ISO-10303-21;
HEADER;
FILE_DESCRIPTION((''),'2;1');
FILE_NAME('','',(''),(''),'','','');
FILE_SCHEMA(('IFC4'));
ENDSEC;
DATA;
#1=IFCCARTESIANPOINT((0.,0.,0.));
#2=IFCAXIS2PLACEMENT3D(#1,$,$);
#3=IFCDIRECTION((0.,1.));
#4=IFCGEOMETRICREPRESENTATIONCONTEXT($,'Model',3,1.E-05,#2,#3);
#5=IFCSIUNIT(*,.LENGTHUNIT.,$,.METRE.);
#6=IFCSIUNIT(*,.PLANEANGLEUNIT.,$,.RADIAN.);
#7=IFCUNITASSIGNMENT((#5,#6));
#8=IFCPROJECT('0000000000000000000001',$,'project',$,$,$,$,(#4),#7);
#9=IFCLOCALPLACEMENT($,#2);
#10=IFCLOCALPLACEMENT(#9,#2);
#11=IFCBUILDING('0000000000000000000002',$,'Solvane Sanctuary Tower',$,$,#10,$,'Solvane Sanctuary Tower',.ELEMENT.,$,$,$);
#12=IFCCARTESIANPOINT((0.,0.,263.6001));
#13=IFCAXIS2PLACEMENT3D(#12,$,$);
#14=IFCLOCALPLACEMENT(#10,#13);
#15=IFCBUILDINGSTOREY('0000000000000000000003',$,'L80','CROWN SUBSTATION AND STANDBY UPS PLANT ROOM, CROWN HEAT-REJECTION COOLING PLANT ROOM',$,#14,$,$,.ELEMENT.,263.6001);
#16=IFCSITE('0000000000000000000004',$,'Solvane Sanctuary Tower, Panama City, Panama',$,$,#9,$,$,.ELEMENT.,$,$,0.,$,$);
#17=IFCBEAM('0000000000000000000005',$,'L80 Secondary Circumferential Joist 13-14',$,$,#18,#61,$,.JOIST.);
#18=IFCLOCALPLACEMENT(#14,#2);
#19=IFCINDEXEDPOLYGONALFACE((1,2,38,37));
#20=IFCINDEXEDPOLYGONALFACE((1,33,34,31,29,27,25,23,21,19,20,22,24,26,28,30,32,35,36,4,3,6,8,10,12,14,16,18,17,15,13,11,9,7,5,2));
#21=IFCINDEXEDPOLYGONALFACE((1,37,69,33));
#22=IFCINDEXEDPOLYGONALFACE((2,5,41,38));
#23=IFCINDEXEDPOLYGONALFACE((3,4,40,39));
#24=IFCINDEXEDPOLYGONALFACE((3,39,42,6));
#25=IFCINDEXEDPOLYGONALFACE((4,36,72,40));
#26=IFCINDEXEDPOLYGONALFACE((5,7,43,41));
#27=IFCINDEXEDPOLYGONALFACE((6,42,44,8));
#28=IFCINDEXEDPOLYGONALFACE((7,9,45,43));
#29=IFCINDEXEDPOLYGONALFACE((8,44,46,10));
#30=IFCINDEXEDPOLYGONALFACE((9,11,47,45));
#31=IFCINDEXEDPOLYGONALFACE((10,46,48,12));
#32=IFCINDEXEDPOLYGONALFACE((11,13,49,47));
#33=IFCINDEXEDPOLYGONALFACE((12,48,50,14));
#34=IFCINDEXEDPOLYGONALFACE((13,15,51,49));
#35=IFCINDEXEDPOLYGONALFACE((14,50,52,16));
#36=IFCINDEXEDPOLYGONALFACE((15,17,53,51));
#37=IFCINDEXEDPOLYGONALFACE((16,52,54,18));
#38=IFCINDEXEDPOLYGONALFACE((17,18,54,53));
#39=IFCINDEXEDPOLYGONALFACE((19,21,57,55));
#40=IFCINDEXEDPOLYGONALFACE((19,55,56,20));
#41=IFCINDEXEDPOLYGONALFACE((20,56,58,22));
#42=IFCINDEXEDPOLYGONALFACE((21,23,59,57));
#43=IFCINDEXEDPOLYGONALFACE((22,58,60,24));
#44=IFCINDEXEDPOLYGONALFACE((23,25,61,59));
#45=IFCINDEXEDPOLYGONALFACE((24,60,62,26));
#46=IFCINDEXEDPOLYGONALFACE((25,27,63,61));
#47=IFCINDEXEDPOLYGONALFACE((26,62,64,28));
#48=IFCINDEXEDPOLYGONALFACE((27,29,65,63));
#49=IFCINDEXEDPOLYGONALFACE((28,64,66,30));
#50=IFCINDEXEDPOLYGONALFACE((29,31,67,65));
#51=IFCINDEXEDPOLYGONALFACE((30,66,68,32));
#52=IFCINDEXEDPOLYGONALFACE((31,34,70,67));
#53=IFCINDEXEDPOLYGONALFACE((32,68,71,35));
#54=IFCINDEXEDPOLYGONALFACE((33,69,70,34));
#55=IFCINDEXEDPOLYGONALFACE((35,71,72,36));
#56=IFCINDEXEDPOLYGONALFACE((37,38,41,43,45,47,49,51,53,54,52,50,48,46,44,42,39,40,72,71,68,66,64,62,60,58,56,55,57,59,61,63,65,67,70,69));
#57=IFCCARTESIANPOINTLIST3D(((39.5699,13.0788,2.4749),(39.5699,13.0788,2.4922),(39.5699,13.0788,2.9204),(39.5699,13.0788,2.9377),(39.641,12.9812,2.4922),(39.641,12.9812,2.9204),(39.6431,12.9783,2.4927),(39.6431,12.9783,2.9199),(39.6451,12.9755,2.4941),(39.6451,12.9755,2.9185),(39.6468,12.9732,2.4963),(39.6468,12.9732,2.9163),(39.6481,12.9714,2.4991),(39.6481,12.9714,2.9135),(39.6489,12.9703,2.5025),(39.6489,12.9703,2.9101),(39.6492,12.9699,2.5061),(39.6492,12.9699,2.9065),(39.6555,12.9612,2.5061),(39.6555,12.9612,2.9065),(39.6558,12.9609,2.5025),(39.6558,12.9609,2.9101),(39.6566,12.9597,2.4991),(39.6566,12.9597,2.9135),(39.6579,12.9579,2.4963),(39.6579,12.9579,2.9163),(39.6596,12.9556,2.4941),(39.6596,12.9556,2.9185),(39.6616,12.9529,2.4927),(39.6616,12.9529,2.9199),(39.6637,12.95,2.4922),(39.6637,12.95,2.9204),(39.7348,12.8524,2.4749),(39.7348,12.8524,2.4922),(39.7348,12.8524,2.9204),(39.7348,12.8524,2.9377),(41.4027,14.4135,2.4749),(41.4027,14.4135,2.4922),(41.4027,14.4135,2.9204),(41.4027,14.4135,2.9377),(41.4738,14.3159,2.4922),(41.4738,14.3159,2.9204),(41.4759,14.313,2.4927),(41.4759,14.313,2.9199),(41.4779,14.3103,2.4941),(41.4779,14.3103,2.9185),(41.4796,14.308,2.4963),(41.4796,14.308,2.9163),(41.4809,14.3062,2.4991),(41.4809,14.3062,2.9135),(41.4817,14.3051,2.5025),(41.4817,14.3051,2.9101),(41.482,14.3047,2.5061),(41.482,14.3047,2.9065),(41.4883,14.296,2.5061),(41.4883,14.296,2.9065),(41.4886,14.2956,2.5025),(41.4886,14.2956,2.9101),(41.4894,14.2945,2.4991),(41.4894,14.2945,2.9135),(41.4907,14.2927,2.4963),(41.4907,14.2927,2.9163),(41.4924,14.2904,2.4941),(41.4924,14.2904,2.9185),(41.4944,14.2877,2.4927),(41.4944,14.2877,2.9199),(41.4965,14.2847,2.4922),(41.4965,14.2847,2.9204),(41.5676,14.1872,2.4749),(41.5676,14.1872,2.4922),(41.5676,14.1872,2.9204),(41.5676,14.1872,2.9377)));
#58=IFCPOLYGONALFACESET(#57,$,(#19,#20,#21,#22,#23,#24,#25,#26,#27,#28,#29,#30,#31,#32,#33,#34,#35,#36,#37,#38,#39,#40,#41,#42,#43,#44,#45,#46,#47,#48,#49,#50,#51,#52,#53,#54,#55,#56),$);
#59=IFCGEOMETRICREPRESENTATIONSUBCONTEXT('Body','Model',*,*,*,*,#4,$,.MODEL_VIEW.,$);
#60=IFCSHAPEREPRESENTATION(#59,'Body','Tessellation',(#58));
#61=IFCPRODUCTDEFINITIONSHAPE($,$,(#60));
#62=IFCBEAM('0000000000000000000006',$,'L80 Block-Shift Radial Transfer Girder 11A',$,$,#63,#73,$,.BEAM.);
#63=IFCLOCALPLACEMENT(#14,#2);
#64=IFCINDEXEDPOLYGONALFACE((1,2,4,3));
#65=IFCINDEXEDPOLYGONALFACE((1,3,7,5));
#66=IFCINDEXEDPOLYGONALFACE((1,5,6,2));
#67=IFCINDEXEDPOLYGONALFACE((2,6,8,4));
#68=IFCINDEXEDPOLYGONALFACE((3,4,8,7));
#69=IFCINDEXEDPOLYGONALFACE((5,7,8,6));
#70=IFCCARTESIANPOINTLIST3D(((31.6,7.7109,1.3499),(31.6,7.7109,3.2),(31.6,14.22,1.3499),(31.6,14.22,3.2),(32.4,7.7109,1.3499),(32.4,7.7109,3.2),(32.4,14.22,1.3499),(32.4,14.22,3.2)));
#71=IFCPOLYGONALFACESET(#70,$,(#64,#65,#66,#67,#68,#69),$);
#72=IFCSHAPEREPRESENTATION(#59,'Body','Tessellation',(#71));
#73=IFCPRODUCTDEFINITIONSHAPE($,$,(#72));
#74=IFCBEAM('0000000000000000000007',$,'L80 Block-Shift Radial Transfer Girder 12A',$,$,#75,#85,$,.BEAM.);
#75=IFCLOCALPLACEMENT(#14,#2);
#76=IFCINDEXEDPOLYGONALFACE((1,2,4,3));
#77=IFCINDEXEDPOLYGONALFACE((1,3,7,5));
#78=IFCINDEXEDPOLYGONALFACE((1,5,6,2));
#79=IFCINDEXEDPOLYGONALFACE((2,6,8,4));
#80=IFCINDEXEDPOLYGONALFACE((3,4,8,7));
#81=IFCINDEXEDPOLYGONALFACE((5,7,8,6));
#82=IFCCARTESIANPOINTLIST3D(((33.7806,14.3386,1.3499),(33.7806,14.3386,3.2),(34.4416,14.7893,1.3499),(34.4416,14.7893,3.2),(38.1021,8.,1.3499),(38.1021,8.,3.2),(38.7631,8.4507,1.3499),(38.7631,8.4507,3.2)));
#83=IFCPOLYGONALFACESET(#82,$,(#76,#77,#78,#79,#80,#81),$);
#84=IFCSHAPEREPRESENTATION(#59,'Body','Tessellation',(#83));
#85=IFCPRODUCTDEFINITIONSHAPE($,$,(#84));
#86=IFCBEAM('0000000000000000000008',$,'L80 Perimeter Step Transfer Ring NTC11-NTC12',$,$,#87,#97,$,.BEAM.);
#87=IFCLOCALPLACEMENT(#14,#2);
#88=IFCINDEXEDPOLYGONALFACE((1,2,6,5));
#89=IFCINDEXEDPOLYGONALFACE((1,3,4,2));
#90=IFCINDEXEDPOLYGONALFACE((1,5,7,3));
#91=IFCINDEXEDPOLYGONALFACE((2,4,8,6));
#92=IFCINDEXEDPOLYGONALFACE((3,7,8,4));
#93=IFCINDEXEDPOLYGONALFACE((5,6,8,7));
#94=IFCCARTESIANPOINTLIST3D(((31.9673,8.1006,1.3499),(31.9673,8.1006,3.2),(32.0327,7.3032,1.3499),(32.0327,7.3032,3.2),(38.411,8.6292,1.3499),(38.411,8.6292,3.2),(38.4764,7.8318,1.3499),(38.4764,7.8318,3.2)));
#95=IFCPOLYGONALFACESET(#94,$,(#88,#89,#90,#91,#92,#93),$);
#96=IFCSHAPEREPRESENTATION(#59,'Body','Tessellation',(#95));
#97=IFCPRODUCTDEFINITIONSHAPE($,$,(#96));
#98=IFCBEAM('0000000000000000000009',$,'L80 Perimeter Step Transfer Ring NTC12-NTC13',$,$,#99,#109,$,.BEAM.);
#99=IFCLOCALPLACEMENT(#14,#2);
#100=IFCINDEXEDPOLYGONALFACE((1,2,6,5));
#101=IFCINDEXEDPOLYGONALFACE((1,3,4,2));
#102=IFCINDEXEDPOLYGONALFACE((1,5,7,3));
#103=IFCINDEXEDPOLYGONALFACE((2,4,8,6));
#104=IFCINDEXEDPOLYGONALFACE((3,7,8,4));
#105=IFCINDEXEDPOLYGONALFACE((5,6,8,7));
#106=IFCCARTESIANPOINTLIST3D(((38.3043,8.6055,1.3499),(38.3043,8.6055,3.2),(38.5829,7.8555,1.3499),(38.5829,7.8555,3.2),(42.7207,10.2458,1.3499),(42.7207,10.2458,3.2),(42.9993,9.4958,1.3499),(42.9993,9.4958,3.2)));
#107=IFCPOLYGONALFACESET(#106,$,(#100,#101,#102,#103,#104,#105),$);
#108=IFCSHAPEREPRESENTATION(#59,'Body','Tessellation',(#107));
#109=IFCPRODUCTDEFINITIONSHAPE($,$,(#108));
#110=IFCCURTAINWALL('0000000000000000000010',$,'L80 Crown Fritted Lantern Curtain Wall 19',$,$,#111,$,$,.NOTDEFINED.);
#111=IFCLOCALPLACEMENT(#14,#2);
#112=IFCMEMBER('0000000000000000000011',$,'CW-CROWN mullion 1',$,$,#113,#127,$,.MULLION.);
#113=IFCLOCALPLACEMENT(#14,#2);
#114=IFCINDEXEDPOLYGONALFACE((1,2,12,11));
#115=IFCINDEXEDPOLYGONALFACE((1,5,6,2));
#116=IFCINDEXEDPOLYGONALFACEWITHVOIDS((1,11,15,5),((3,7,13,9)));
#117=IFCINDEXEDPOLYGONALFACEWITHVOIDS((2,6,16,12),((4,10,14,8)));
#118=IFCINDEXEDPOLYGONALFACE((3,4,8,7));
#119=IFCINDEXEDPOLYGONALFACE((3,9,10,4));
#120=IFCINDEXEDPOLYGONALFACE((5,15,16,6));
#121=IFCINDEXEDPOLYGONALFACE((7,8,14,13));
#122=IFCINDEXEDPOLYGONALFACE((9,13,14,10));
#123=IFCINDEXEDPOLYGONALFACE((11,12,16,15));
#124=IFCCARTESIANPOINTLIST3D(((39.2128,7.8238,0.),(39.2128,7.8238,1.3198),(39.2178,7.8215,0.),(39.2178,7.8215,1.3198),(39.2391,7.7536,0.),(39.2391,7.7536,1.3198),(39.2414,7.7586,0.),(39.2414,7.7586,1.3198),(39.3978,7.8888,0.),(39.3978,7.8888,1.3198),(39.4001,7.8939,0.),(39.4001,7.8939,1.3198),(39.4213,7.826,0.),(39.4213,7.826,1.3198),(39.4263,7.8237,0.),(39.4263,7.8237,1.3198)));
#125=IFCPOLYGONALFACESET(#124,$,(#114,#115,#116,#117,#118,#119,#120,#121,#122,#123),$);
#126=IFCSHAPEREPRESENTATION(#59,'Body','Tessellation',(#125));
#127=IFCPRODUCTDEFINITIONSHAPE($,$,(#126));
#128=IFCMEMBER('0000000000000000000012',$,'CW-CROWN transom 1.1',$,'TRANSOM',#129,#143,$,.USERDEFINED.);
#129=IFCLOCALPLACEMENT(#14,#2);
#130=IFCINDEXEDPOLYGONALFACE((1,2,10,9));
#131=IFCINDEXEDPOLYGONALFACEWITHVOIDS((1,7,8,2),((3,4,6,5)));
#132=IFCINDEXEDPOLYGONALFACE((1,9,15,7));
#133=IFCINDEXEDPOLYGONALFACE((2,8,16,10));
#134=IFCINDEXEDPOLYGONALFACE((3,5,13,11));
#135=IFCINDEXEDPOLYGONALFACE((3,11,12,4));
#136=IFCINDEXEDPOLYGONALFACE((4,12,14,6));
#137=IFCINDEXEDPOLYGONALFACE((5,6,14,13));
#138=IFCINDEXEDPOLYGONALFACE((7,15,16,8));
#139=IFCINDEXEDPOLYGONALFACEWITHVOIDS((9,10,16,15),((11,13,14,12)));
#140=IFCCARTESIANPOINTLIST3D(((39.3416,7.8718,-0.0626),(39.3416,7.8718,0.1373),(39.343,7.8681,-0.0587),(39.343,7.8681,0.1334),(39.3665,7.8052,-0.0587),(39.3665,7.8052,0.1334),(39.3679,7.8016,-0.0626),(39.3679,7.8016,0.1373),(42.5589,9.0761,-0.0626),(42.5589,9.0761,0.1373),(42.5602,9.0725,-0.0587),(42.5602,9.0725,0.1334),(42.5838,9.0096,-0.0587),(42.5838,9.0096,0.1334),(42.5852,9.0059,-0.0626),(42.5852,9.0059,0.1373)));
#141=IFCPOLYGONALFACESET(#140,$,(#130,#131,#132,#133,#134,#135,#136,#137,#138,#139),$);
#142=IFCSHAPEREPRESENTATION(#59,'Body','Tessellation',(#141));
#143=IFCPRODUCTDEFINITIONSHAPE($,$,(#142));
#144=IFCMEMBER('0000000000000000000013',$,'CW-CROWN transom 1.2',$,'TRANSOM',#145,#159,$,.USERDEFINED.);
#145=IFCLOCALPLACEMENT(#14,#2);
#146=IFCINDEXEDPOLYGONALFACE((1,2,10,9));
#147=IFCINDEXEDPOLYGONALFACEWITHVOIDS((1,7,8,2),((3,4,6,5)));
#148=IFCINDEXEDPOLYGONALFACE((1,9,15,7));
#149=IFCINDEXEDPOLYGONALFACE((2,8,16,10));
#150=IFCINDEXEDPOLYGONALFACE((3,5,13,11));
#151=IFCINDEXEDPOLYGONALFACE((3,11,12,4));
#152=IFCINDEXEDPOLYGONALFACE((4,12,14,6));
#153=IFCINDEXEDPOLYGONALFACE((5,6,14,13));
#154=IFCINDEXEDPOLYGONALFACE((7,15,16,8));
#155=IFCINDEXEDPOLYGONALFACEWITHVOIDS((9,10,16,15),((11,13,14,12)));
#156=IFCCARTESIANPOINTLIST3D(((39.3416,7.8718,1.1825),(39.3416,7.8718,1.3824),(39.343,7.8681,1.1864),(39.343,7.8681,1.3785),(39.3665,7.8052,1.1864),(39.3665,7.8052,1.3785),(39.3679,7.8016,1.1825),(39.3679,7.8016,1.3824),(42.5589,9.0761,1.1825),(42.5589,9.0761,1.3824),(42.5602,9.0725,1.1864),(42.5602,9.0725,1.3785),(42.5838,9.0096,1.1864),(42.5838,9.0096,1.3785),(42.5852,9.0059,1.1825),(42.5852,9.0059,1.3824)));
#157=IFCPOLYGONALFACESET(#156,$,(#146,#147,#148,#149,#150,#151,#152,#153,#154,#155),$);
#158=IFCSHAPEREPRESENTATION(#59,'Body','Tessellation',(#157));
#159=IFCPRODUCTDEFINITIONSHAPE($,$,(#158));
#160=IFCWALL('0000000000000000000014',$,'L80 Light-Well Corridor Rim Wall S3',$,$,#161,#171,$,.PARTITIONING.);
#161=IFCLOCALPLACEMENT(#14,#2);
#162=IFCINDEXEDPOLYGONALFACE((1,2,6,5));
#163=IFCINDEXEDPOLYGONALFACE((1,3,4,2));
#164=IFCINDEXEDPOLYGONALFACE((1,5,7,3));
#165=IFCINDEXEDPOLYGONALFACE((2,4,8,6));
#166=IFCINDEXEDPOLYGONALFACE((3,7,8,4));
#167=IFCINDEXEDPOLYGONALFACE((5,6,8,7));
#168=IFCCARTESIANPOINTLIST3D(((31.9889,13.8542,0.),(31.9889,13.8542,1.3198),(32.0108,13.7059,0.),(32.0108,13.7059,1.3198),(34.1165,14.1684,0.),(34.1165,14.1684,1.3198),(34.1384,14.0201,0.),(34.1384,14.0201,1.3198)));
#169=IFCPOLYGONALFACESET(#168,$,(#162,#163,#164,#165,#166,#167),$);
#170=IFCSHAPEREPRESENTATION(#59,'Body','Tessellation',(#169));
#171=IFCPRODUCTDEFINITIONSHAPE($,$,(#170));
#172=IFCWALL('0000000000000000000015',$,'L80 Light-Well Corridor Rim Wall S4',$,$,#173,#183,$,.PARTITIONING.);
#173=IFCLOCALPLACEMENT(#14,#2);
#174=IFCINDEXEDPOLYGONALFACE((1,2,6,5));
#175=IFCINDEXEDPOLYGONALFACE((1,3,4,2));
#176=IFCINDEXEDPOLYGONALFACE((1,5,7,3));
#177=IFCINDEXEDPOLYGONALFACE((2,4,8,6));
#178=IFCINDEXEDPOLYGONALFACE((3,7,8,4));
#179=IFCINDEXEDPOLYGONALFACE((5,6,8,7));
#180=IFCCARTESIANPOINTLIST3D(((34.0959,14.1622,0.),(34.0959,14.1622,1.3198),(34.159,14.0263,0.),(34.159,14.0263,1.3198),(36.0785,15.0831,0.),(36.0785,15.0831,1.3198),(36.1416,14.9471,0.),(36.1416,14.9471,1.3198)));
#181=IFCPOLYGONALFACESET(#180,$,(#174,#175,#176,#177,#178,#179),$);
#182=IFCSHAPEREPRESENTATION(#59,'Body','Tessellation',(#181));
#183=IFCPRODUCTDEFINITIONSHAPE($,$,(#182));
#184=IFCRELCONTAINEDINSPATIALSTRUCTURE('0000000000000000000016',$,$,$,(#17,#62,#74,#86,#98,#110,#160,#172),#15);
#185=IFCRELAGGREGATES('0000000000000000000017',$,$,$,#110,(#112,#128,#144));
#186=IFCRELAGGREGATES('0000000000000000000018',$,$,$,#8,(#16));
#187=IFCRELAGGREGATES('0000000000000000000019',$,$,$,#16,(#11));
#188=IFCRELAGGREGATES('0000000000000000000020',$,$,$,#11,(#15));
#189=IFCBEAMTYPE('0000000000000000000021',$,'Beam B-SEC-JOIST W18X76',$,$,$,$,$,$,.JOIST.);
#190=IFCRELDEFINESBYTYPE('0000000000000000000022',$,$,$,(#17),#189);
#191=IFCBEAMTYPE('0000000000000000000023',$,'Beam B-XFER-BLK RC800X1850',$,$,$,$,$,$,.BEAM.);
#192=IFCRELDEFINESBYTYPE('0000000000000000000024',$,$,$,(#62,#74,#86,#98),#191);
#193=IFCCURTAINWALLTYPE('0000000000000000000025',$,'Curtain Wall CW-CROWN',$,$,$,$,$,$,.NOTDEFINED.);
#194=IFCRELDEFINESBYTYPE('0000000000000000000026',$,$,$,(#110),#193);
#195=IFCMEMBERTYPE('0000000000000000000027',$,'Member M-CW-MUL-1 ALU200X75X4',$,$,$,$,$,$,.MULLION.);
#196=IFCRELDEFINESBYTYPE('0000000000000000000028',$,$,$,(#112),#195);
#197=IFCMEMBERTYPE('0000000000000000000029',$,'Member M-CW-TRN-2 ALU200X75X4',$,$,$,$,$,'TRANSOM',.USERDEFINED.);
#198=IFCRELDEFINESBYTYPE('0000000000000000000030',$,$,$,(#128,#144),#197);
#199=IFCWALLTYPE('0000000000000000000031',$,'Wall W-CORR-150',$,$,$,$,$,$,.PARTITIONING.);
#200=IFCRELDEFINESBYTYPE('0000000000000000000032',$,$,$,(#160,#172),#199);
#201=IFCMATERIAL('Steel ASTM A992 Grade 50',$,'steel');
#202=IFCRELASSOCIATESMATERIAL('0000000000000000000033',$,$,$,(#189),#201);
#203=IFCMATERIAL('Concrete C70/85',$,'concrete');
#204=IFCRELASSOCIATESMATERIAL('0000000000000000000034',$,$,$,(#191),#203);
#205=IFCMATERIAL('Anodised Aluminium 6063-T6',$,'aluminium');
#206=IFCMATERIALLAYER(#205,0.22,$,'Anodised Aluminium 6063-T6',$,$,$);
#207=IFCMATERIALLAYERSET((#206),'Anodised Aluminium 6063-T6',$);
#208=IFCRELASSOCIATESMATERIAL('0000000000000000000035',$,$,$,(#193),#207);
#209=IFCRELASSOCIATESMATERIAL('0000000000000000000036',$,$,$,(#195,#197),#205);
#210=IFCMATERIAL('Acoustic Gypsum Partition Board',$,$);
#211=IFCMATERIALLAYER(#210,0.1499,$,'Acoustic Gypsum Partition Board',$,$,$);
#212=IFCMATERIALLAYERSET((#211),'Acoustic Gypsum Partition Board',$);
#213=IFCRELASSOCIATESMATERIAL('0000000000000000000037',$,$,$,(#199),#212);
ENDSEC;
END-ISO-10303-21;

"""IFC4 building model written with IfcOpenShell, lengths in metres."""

from ifc_helpers import new_model, si_unit, direction, frame, frame_2d, origin, origin_2d, place, context, subcontext, project, spatial, rectangle, hollow_rectangle, i_section, extrude, material, layer, layer_set, material_profile, profile_set, type_object, element, aggregate, save


model = new_model("IFC4")

# Units and contexts
model_context = context("Model", 3, precision=1e-05, world=origin(), true_north=direction((0.0, 1.0)))
body_context = subcontext(model_context, "Body", "Model", "MODEL_VIEW")
ifc_project = project(units=[si_unit("LENGTHUNIT", "METRE"), si_unit("PLANEANGLEUNIT", "RADIAN")], contexts=[model_context])

# Site, building, storey
site_placement = place(None, origin())
site = spatial("IfcSite", under=ifc_project, at=site_placement, Name="Solvane Sanctuary Tower, Panama City, Panama", CompositionType="ELEMENT", RefElevation=0.0)
building_placement = place(site_placement, origin())
building = spatial("IfcBuilding", under=site, at=building_placement, Name="Solvane Sanctuary Tower", LongName="Solvane Sanctuary Tower", CompositionType="ELEMENT")
storey_placement = place(building_placement, frame((0.0, 0.0, 263.6001)))
storey = spatial("IfcBuildingStorey", under=building, at=storey_placement, Name="L80", Description="CROWN SUBSTATION AND STANDBY UPS PLANT ROOM, CROWN HEAT-REJECTION COOLING PLANT ROOM", CompositionType="ELEMENT", Elevation=263.6001)

# Beams
ifc_material_1 = material(Name="Steel ASTM A992 Grade 50", Category="steel")
ifc_material_profile_1 = material_profile(ifc_material_1, i_section(OverallWidth=0.28, OverallDepth=0.4629, WebThickness=0.0107, FlangeThickness=0.0173, FilletRadius=0.0139, at=origin_2d()), Name="W18X76")
ifc_profile_set_1 = profile_set([ifc_material_profile_1], Name="Steel ASTM A992 Grade 50")
beam_type_1 = type_object("IfcBeamType", Name="Beam B-SEC-JOIST W18X76", PredefinedType="JOIST", material=ifc_profile_set_1)
beam_1_placement = place(storey_placement, frame((39.6523, 12.9656, 2.7063), z_axis=(0.808359, 0.58869, 0.0), x_axis=(-0.58869, 0.808359, 0.0)))
element("IfcBeam", 1, at=beam_1_placement, inside=storey, type_object=beam_type_1, Name="L80 Secondary Circumferential Joist 13-14", PredefinedType="JOIST", context=body_context, shape_type="SweptSolid", body=[
    extrude(i_section(OverallWidth=0.28, OverallDepth=0.4629, WebThickness=0.0107, FlangeThickness=0.0173, FilletRadius=0.0139, at=origin_2d()), origin(), (0.0, 0.0, 1.0), 2.2673),
])
ifc_material_2 = material(Name="Concrete C70/85", Category="concrete")
ifc_material_profile_2 = material_profile(ifc_material_2, rectangle(XDim=0.8, YDim=1.8501, at=origin_2d()), Name="RC800X1850")
ifc_profile_set_2 = profile_set([ifc_material_profile_2], Name="Concrete C70/85")
beam_type_2 = type_object("IfcBeamType", Name="Beam B-XFER-BLK RC800X1850", PredefinedType="BEAM", material=ifc_profile_set_2)
beam_2_placement = place(storey_placement, frame((32.0, 14.22, 2.2749), z_axis=(0.0, -1.0, 0.0), x_axis=(1.0, 0.0, 0.0)))
element("IfcBeam", 2, at=beam_2_placement, inside=storey, type_object=beam_type_2, Name="L80 Block-Shift Radial Transfer Girder 11A", PredefinedType="BEAM", context=body_context, shape_type="SweptSolid", body=[
    extrude(rectangle(XDim=0.8, YDim=1.8501, at=origin_2d()), origin(), (0.0, 0.0, 1.0), 6.509),
])
beam_3_placement = place(storey_placement, frame((34.1111, 14.564, 2.2749), z_axis=(0.563314, -0.826243, 0.0), x_axis=(0.826243, 0.563314, 0.0)))
element("IfcBeam", 3, at=beam_3_placement, inside=storey, type_object=beam_type_2, Name="L80 Block-Shift Radial Transfer Girder 12A", PredefinedType="BEAM", context=body_context, shape_type="SweptSolid", body=[
    extrude(rectangle(XDim=0.8, YDim=1.8501, at=origin_2d()), origin(), (0.0, 0.0, 1.0), 7.6716),
])
beam_4_placement = place(storey_placement, frame((32.0, 7.7019, 2.2749), z_axis=(0.996652, 0.081755, 0.0), x_axis=(-0.081755, 0.996652, 0.0)))
element("IfcBeam", 4, at=beam_4_placement, inside=storey, type_object=beam_type_2, Name="L80 Perimeter Step Transfer Ring NTC11-NTC12", PredefinedType="BEAM", context=body_context, shape_type="SweptSolid", body=[
    extrude(rectangle(XDim=0.8, YDim=1.8501, at=origin_2d()), origin(), (0.0, 0.0, 1.0), 6.4653),
])
beam_5_placement = place(storey_placement, frame((38.4436, 8.2305, 2.2749), z_axis=(0.937428, 0.34818, 0.0), x_axis=(-0.34818, 0.937428, 0.0)))
element("IfcBeam", 5, at=beam_5_placement, inside=storey, type_object=beam_type_2, Name="L80 Perimeter Step Transfer Ring NTC12-NTC13", PredefinedType="BEAM", context=body_context, shape_type="SweptSolid", body=[
    extrude(rectangle(XDim=0.8, YDim=1.8501, at=origin_2d()), origin(), (0.0, 0.0, 1.0), 4.7112),
])

# Curtain wall, members
ifc_material_3 = material(Name="Anodised Aluminium 6063-T6", Category="aluminium")
ifc_layer_1 = layer(ifc_material_3, 0.22, Name="Anodised Aluminium 6063-T6")
ifc_layer_set_1 = layer_set([ifc_layer_1], Name="Anodised Aluminium 6063-T6")
curtain_wall_type = type_object("IfcCurtainWallType", Name="Curtain Wall CW-CROWN", PredefinedType="NOTDEFINED", material=ifc_layer_set_1)
curtain_wall_placement = place(storey_placement, origin())
curtain_wall = element("IfcCurtainWall", 6, at=curtain_wall_placement, inside=storey, type_object=curtain_wall_type, Name="L80 Crown Fritted Lantern Curtain Wall 19", PredefinedType="NOTDEFINED")
ifc_material_profile_3 = material_profile(ifc_material_3, hollow_rectangle(XDim=0.075, YDim=0.2, WallThickness=0.0039, at=origin_2d()), Name="ALU200X75X4")
ifc_profile_set_3 = profile_set([ifc_material_profile_3], Name="Anodised Aluminium 6063-T6")
member_type_1 = type_object("IfcMemberType", Name="Member M-CW-MUL-1 ALU200X75X4", PredefinedType="MULLION", material=ifc_profile_set_3)
member_1_placement = place(storey_placement, frame((39.3196, 7.8237, 0.0), z_axis=(0.0, 0.0, 1.0), x_axis=(-0.350518, 0.936556, 0.0)))
member_1 = element("IfcMember", 7, at=member_1_placement, type_object=member_type_1, Name="CW-CROWN mullion 1", PredefinedType="MULLION", context=body_context, shape_type="SweptSolid", body=[
    extrude(hollow_rectangle(XDim=0.075, YDim=0.2, WallThickness=0.0039, at=origin_2d()), origin(), (0.0, 0.0, 1.0), 1.3198),
])
ifc_material_profile_4 = material_profile(ifc_material_3, hollow_rectangle(XDim=0.075, YDim=0.2, WallThickness=0.0039, at=origin_2d()), Name="ALU200X75X4")
ifc_profile_set_4 = profile_set([ifc_material_profile_4], Name="Anodised Aluminium 6063-T6")
member_type_2 = type_object("IfcMemberType", Name="Member M-CW-TRN-2 ALU200X75X4", ElementType="TRANSOM", PredefinedType="USERDEFINED", material=ifc_profile_set_4)
member_2_placement = place(storey_placement, frame((39.3547, 7.8367, 0.0374), z_axis=(0.936533, 0.350578, 0.0), x_axis=(-0.350578, 0.936533, 0.0)))
member_2 = element("IfcMember", 8, at=member_2_placement, type_object=member_type_2, Name="CW-CROWN transom 1.1", ObjectType="TRANSOM", PredefinedType="USERDEFINED", context=body_context, shape_type="SweptSolid", body=[
    extrude(hollow_rectangle(XDim=0.075, YDim=0.2, WallThickness=0.0039, at=origin_2d()), origin(), (0.0, 0.0, 1.0), 3.4353),
])
member_3_placement = place(storey_placement, frame((39.3547, 7.8367, 1.2825), z_axis=(0.936533, 0.350578, 0.0), x_axis=(-0.350578, 0.936533, 0.0)))
member_3 = element("IfcMember", 9, at=member_3_placement, type_object=member_type_2, Name="CW-CROWN transom 1.2", ObjectType="TRANSOM", PredefinedType="USERDEFINED", context=body_context, shape_type="SweptSolid", body=[
    extrude(hollow_rectangle(XDim=0.075, YDim=0.2, WallThickness=0.0039, at=origin_2d()), origin(), (0.0, 0.0, 1.0), 3.4353),
])
aggregate(curtain_wall, [member_1, member_2, member_3])

# Walls
ifc_material_4 = material(Name="Acoustic Gypsum Partition Board")
ifc_layer_2 = layer(ifc_material_4, 0.1499, Name="Acoustic Gypsum Partition Board")
ifc_layer_set_2 = layer_set([ifc_layer_2], Name="Acoustic Gypsum Partition Board")
wall_type_1 = type_object("IfcWallType", Name="Wall W-CORR-150", PredefinedType="PARTITIONING", material=ifc_layer_set_2)
wall_1_placement = place(storey_placement, frame((32.0, 13.78, 0.0), z_axis=(0.0, 0.0, 1.0), x_axis=(0.989269, 0.146108, 0.0)))
element("IfcWall", 10, at=wall_1_placement, inside=storey, type_object=wall_type_1, Name="L80 Light-Well Corridor Rim Wall S3", PredefinedType="PARTITIONING", context=body_context, shape_type="SweptSolid", body=[
    extrude(rectangle(XDim=2.1506, YDim=0.1499, at=frame_2d((1.0752, 0.0))), origin(), (0.0, 0.0, 1.0), 1.3198),
])
wall_2_placement = place(storey_placement, frame((34.1274, 14.0942, 0.0), z_axis=(0.0, 0.0, 1.0), x_axis=(0.906943, 0.421252, 0.0)))
element("IfcWall", 11, at=wall_2_placement, inside=storey, type_object=wall_type_1, Name="L80 Light-Well Corridor Rim Wall S4", PredefinedType="PARTITIONING", context=body_context, shape_type="SweptSolid", body=[
    extrude(rectangle(XDim=2.186, YDim=0.1499, at=frame_2d((1.093, 0.0))), origin(), (0.0, 0.0, 1.0), 1.3198),
])

save(model, "model.ifc")
